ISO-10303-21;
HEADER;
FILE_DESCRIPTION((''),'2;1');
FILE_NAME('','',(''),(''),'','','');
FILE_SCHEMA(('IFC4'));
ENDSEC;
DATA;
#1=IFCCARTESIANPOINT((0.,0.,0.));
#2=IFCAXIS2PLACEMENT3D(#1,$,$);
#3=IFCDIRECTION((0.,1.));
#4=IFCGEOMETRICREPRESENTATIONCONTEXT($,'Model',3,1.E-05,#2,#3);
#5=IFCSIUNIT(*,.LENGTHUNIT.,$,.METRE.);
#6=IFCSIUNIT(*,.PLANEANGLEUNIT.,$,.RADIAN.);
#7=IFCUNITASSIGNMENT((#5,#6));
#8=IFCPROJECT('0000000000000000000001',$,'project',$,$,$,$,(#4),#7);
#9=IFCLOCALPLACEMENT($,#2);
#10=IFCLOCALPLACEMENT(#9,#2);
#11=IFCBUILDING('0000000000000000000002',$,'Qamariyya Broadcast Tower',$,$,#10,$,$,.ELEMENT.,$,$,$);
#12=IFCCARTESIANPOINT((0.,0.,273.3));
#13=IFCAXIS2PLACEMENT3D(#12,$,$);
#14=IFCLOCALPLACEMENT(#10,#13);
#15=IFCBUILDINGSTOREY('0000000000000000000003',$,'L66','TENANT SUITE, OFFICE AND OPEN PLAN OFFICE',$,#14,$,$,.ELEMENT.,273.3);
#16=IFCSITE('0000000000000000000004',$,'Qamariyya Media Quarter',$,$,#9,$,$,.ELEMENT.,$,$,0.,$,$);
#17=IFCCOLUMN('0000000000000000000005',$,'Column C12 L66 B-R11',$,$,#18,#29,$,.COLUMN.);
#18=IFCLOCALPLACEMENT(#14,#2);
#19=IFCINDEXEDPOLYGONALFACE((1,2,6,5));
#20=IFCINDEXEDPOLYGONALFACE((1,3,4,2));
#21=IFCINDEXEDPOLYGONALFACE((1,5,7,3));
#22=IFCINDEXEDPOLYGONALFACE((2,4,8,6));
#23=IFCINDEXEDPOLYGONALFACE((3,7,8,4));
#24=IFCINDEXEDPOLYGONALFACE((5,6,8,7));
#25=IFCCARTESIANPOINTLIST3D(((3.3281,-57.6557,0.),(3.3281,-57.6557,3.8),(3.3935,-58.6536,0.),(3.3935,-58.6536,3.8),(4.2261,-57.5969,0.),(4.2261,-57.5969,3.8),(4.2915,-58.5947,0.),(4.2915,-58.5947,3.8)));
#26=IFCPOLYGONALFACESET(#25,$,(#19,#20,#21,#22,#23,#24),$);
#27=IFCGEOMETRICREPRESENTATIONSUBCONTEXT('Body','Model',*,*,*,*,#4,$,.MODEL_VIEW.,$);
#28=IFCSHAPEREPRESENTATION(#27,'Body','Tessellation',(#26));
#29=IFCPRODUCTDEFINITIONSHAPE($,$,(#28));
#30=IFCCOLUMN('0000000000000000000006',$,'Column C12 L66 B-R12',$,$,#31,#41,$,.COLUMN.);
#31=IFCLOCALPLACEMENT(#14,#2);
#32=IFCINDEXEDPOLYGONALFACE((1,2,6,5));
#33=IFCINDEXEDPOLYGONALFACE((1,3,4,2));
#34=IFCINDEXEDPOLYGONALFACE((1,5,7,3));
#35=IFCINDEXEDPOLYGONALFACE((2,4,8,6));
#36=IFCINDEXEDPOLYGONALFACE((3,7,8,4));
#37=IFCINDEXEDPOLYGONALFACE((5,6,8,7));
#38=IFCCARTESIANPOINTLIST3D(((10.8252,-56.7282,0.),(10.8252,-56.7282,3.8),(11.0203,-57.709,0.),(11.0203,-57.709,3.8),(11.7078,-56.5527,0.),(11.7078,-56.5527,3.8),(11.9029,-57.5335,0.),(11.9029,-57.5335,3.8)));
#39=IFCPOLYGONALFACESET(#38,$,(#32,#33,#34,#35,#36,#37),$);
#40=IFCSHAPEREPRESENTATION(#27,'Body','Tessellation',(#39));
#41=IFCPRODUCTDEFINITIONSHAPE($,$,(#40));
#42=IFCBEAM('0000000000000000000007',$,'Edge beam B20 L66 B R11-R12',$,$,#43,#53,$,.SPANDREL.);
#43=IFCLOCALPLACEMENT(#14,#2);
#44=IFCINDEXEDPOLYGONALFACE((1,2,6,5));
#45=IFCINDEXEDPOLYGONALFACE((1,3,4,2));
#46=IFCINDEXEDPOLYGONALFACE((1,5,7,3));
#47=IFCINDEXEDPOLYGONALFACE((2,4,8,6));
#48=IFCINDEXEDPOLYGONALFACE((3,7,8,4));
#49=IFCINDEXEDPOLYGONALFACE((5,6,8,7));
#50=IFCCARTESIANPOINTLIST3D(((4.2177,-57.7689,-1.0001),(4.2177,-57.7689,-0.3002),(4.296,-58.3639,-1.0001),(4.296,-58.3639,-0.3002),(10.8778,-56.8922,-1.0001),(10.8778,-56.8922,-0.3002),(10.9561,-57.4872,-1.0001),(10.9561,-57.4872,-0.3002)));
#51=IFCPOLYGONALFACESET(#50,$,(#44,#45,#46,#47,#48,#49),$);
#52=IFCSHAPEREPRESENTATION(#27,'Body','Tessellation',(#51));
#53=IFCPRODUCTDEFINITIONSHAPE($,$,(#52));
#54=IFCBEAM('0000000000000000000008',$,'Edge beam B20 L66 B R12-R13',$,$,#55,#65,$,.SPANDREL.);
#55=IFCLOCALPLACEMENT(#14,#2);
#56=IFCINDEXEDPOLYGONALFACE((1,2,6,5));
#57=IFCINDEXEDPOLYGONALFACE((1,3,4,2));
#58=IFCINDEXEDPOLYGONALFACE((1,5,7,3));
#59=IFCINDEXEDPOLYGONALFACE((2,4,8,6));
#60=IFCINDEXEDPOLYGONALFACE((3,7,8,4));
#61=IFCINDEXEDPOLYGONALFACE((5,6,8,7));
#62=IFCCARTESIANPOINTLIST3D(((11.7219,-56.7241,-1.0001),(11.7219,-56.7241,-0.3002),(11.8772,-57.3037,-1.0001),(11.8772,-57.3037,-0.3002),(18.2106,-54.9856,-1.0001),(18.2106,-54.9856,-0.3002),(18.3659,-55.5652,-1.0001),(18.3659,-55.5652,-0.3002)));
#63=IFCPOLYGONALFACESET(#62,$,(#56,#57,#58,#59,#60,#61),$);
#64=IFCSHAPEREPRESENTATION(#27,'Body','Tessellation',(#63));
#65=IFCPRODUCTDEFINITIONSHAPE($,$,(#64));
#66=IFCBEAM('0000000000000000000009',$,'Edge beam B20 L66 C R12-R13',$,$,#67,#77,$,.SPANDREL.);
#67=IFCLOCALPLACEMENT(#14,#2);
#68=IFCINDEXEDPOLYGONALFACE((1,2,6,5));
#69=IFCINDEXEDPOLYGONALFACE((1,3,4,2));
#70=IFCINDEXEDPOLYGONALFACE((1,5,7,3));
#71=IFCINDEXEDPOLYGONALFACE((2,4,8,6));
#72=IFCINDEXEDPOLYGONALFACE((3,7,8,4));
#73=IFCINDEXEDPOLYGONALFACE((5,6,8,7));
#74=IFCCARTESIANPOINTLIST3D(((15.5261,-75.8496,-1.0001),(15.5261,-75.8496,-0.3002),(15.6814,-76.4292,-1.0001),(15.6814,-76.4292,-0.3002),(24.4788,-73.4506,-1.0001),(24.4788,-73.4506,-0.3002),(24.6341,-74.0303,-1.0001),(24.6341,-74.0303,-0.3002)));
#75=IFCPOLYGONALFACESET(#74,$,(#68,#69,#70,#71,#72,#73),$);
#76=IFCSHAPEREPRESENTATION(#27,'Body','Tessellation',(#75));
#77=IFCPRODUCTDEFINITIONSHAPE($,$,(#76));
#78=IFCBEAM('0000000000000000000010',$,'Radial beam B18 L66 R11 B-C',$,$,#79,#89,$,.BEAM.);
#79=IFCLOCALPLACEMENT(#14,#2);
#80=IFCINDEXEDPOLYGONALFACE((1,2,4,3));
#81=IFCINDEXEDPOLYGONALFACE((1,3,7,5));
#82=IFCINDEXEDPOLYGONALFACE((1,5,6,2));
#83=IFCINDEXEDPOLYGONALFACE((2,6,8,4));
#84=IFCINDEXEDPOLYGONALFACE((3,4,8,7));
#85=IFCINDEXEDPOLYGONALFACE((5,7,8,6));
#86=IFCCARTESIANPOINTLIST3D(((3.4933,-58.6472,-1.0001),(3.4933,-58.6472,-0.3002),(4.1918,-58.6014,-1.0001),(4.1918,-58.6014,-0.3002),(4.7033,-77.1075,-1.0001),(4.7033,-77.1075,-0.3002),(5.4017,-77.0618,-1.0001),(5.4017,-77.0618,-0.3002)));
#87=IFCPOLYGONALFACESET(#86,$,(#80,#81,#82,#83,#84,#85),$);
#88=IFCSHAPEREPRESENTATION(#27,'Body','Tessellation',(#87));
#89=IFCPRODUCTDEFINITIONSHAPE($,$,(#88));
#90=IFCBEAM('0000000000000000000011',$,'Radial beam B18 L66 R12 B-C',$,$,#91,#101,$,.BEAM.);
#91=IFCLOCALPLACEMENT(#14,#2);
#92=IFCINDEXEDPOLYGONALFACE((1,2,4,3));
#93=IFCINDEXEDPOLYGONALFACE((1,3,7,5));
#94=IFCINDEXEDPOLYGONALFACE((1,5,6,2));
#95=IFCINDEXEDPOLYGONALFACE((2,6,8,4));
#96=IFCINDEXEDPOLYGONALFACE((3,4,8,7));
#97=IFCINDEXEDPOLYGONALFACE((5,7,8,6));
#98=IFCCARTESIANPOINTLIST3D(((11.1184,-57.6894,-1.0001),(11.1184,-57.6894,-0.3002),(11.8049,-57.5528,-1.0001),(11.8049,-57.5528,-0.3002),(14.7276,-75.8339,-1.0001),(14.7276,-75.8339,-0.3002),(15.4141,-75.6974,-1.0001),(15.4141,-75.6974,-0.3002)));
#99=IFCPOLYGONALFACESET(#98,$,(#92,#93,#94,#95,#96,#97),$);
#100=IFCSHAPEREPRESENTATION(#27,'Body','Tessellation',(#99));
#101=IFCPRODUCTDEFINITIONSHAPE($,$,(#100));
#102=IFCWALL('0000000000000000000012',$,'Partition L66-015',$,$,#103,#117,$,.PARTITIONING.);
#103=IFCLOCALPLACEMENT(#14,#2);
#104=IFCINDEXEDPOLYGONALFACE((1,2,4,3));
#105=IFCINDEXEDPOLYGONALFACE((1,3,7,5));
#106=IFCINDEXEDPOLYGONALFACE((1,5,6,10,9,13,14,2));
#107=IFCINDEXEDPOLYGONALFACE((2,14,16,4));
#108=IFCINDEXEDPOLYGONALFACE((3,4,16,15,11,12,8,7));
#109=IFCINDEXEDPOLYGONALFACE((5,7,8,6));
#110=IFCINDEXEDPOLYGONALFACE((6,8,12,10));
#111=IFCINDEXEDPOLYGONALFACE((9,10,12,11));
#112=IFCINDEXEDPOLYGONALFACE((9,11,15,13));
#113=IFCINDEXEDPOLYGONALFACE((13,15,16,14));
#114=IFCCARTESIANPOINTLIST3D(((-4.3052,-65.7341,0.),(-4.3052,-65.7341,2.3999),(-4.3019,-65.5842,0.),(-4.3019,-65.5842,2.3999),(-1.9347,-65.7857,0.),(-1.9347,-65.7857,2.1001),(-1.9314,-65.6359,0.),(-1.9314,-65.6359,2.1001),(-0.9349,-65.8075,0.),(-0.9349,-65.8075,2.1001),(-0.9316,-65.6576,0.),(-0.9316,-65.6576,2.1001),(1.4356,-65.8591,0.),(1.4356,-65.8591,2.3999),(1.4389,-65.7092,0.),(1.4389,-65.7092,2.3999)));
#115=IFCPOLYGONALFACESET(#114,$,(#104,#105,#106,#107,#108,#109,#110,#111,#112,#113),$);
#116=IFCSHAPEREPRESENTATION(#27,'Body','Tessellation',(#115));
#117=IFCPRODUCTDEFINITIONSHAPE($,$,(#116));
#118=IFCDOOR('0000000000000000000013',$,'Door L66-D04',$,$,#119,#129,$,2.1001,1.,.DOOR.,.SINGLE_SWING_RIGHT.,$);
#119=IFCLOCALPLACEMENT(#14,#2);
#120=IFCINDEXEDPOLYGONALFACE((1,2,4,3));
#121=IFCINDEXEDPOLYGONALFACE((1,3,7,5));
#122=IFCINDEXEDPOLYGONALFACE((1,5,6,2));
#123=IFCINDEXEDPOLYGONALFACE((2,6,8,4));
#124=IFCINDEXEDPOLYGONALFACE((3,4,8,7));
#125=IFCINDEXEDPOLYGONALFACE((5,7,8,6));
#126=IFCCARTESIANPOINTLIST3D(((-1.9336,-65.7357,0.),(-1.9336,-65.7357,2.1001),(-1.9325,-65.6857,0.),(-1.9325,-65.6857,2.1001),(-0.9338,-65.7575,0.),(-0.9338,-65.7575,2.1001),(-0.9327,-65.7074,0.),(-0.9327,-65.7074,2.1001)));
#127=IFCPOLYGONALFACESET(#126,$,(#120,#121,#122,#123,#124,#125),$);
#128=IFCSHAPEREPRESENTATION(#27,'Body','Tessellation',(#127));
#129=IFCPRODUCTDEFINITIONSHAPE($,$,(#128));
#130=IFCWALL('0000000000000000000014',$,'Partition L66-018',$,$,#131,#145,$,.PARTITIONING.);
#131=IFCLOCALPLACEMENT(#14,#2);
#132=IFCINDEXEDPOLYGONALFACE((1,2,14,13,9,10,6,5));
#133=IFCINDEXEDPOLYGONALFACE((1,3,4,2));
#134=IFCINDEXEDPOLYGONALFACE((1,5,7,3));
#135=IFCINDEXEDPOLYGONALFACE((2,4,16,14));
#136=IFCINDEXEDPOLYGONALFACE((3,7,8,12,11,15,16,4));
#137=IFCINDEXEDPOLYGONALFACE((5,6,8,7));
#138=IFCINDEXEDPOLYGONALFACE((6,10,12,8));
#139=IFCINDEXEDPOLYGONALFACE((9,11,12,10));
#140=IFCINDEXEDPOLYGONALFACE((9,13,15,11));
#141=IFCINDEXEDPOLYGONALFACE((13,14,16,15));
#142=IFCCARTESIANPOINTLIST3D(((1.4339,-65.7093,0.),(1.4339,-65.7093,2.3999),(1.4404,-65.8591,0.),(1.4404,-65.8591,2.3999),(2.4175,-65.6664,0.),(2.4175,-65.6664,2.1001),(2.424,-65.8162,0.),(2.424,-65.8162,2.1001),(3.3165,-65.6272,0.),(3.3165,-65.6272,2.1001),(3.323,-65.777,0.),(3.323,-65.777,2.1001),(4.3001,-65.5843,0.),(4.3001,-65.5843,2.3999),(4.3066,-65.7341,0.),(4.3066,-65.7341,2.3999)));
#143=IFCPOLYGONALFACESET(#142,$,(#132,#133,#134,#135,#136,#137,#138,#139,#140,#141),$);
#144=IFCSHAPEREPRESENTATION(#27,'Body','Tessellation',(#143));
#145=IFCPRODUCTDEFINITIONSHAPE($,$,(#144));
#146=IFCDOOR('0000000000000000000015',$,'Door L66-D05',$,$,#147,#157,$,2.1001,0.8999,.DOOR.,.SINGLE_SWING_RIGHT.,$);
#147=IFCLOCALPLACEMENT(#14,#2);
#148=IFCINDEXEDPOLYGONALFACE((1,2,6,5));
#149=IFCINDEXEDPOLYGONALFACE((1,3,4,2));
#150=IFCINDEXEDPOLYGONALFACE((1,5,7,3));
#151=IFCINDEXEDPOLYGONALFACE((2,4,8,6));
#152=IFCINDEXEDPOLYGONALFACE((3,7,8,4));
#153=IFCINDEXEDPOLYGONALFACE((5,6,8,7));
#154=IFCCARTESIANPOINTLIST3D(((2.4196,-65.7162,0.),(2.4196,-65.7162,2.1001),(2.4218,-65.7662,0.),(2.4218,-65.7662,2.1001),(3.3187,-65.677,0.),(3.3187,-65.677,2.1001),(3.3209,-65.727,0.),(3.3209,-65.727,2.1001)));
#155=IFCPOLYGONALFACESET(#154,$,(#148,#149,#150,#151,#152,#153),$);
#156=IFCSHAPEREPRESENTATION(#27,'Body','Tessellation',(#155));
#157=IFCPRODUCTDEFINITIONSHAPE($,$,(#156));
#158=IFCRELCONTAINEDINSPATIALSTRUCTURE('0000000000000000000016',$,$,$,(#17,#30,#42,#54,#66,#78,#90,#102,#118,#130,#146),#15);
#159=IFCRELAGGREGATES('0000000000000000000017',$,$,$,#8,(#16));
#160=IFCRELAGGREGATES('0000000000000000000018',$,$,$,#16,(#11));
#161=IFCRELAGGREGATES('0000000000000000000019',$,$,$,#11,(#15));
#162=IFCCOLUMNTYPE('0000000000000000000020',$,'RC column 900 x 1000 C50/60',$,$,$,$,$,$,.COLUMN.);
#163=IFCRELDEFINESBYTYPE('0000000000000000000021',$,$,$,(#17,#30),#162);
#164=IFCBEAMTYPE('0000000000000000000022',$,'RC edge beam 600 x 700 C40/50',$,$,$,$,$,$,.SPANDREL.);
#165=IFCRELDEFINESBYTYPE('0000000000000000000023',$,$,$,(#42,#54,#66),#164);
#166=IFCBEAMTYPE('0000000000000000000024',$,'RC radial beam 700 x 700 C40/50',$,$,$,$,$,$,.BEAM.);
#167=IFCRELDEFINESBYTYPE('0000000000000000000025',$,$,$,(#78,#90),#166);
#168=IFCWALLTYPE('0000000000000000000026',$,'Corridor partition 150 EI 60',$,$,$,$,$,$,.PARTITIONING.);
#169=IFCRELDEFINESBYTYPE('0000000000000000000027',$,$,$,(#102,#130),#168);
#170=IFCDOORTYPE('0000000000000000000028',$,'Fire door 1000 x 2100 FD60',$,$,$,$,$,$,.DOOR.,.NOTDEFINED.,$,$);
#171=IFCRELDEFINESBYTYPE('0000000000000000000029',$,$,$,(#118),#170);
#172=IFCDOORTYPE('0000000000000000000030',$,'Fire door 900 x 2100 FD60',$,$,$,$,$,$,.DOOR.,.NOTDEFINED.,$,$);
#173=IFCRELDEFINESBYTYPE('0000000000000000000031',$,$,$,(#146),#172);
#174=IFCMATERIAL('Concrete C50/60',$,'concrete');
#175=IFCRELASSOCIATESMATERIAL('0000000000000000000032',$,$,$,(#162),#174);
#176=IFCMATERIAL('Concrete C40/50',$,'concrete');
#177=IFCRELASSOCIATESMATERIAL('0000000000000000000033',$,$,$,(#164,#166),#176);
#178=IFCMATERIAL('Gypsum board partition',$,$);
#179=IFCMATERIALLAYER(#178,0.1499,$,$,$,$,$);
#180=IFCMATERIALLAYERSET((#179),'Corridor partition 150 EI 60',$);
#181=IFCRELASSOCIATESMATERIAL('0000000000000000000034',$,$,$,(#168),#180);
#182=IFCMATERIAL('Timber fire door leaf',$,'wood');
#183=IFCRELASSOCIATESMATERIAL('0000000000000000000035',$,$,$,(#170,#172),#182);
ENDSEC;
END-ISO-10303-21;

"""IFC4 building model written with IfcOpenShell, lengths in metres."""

from ifc_helpers import new_model, si_unit, direction, frame, frame_2d, origin, origin_2d, place, context, subcontext, project, spatial, rectangle, extrude, material, layer, layer_set, material_profile, profile_set, type_object, element, fill, save


model = new_model("IFC4")

# Units and contexts
model_context = context("Model", 3, precision=1e-05, world=origin(), true_north=direction((0.0, 1.0)))
body_context = subcontext(model_context, "Body", "Model", "MODEL_VIEW")
ifc_project = project(units=[si_unit("LENGTHUNIT", "METRE"), si_unit("PLANEANGLEUNIT", "RADIAN")], contexts=[model_context])

# Site, building, storey
site_placement = place(None, origin())
site = spatial("IfcSite", under=ifc_project, at=site_placement, Name="Qamariyya Media Quarter", CompositionType="ELEMENT", RefElevation=0.0)
building_placement = place(site_placement, origin())
building = spatial("IfcBuilding", under=site, at=building_placement, Name="Qamariyya Broadcast Tower", CompositionType="ELEMENT")
storey_placement = place(building_placement, frame((0.0, 0.0, 273.3)))
storey = spatial("IfcBuildingStorey", under=building, at=storey_placement, Name="L66", Description="TENANT SUITE, OFFICE AND OPEN PLAN OFFICE", CompositionType="ELEMENT", Elevation=273.3)

# Columns
ifc_material_1 = material(Name="Concrete C50/60", Category="concrete")
ifc_material_profile_1 = material_profile(ifc_material_1, rectangle(XDim=0.8999, YDim=1.0, at=origin_2d()))
ifc_profile_set_1 = profile_set([ifc_material_profile_1], Name="Concrete C50/60")
column_type = type_object("IfcColumnType", Name="RC column 900 x 1000 C50/60", PredefinedType="COLUMN", material=ifc_profile_set_1)
for number, where, z_axis, x_axis, name in (
    (1, (3.8098, -58.1252, 0.0), (0.0, 0.0, 1.0), (0.997859, 0.065403, 0.0), "Column C12 L66 B-R11"),
    (2, (11.364, -57.1309, 0.0), (0.0, 0.0, 1.0), (0.980785, 0.19509, 0.0), "Column C12 L66 B-R12"),
):
    element("IfcColumn", number, at=place(storey_placement, frame(where, z_axis=z_axis, x_axis=x_axis)), inside=storey, type_object=column_type, Name=name, PredefinedType="COLUMN", context=body_context, shape_type="SweptSolid", body=[
        extrude(rectangle(XDim=0.8999, YDim=1.0, at=origin_2d()), origin(), (0.0, 0.0, 1.0), 3.8),
    ])

# Beams
ifc_material_2 = material(Name="Concrete C40/50", Category="concrete")
ifc_material_profile_2 = material_profile(ifc_material_2, rectangle(XDim=0.6001, YDim=0.7, at=origin_2d()))
ifc_profile_set_2 = profile_set([ifc_material_profile_2], Name="Concrete C40/50")
beam_type_1 = type_object("IfcBeamType", Name="RC edge beam 600 x 700 C40/50", PredefinedType="SPANDREL", material=ifc_profile_set_2)
for number, where, z_axis, x_axis, name in (
    (3, (4.2568, -58.0664, -0.6501), (0.991447, 0.130509, 0.0), (-0.130509, 0.991447, 0.0), "Edge beam B20 L66 B R11-R12"),
    (4, (11.7996, -57.0139, -0.6501), (0.965931, 0.2588, 0.0), (-0.2588, 0.965931, 0.0), "Edge beam B20 L66 B R12-R13"),
):
    element("IfcBeam", number, at=place(storey_placement, frame(where, z_axis=z_axis, x_axis=x_axis)), inside=storey, type_object=beam_type_1, Name=name, PredefinedType="SPANDREL", context=body_context, shape_type="SweptSolid", body=[
        extrude(rectangle(XDim=0.6001, YDim=0.7, at=origin_2d()), origin(), (0.0, 0.0, 1.0), 6.7175),
    ])
beam_placement = place(storey_placement, frame((15.6038, -76.1394, -0.6501), z_axis=(0.965924, 0.258826, 0.0), x_axis=(-0.258826, 0.965924, 0.0)))
element("IfcBeam", 5, at=beam_placement, inside=storey, type_object=beam_type_1, Name="Edge beam B20 L66 C R12-R13", PredefinedType="SPANDREL", context=body_context, shape_type="SweptSolid", body=[
    extrude(rectangle(XDim=0.6001, YDim=0.7, at=origin_2d()), origin(), (0.0, 0.0, 1.0), 9.2686),
])
ifc_material_profile_3 = material_profile(ifc_material_2, rectangle(XDim=0.7, YDim=0.7, at=origin_2d()))
ifc_profile_set_3 = profile_set([ifc_material_profile_3], Name="Concrete C40/50")
beam_type_2 = type_object("IfcBeamType", Name="RC radial beam 700 x 700 C40/50", PredefinedType="BEAM", material=ifc_profile_set_3)
for number, where, z_axis, x_axis, name in (
    (6, (3.8425, -58.6243, -0.6501), (0.065403, -0.997859, 0.0), (0.997859, 0.065403, 0.0), "Radial beam B18 L66 R11 B-C"),
    (7, (11.4617, -57.6211, -0.6501), (0.195088, -0.980786, 0.0), (0.980786, 0.195088, 0.0), "Radial beam B18 L66 R12 B-C"),
):
    element("IfcBeam", number, at=place(storey_placement, frame(where, z_axis=z_axis, x_axis=x_axis)), inside=storey, type_object=beam_type_2, Name=name, PredefinedType="BEAM", context=body_context, shape_type="SweptSolid", body=[
        extrude(rectangle(XDim=0.7, YDim=0.7, at=origin_2d()), origin(), (0.0, 0.0, 1.0), 18.5),
    ])

# Walls, openings, doors
ifc_material_3 = material(Name="Gypsum board partition")
ifc_layer_1 = layer(ifc_material_3, 0.1499)
ifc_layer_set_1 = layer_set([ifc_layer_1], Name="Corridor partition 150 EI 60")
wall_type_1 = type_object("IfcWallType", Name="Corridor partition 150 EI 60", PredefinedType="PARTITIONING", material=ifc_layer_set_1)
wall_1_placement = place(storey_placement, frame((1.4373, -65.7842, 0.0), z_axis=(0.0, 0.0, 1.0), x_axis=(-0.999763, 0.021769, 0.0)))
wall_1 = element("IfcWall", 8, at=wall_1_placement, inside=storey, type_object=wall_type_1, Name="Partition L66-015", PredefinedType="PARTITIONING", context=body_context, shape_type="SweptSolid", body=[
    extrude(rectangle(XDim=5.7422, YDim=0.1499, at=frame_2d((2.8711, 0.0))), origin(), (0.0, 0.0, 1.0), 2.3999),
])
opening_1_placement = place(wall_1_placement, frame((2.3711, 0.0, 0.0)))
opening_1 = element("IfcOpeningElement", 9, at=opening_1_placement, cuts=wall_1, PredefinedType="OPENING", context=body_context, shape_type="SweptSolid", body=[
    extrude(rectangle(XDim=1.0, YDim=2.1001, at=frame_2d((0.5, 1.05))), frame((0.0, 0.085, 0.0), z_axis=(0.0, -1.0, 0.0), x_axis=(1.0, 0.0, 0.0)), (0.0, 0.0, 1.0), 0.1699),
])
ifc_material_4 = material(Name="Timber fire door leaf", Category="wood")
door_type_1 = type_object("IfcDoorType", Name="Fire door 1000 x 2100 FD60", OperationType="NOTDEFINED", PredefinedType="DOOR", material=ifc_material_4)
door_1_placement = place(opening_1_placement, origin())
door_1 = element("IfcDoor", 10, at=door_1_placement, inside=storey, type_object=door_type_1, Name="Door L66-D04", OperationType="SINGLE_SWING_RIGHT", OverallHeight=2.1001, OverallWidth=1.0, PredefinedType="DOOR", context=body_context, shape_type="SweptSolid", body=[
    extrude(rectangle(XDim=1.0, YDim=2.1001, at=frame_2d((0.5, 1.05))), frame((0.0, 0.0249, 0.0), z_axis=(0.0, -1.0, 0.0), x_axis=(1.0, 0.0, 0.0)), (0.0, 0.0, 1.0), 0.05),
])
fill(opening_1, door_1)
wall_2_placement = place(storey_placement, frame((4.3035, -65.6592, 0.0), z_axis=(0.0, 0.0, 1.0), x_axis=(-0.99905, -0.04357, 0.0)))
wall_2 = element("IfcWall", 11, at=wall_2_placement, inside=storey, type_object=wall_type_1, Name="Partition L66-018", PredefinedType="PARTITIONING", context=body_context, shape_type="SweptSolid", body=[
    extrude(rectangle(XDim=2.8689, YDim=0.1499, at=frame_2d((1.4346, 0.0))), origin(), (0.0, 0.0, 1.0), 2.3999),
])
opening_2_placement = place(wall_2_placement, frame((0.9846, 0.0, 0.0)))
opening_2 = element("IfcOpeningElement", 12, at=opening_2_placement, cuts=wall_2, PredefinedType="OPENING", context=body_context, shape_type="SweptSolid", body=[
    extrude(rectangle(XDim=0.8999, YDim=2.1001, at=frame_2d((0.45, 1.05))), frame((0.0, 0.085, 0.0), z_axis=(0.0, -1.0, 0.0), x_axis=(1.0, 0.0, 0.0)), (0.0, 0.0, 1.0), 0.1699),
])
door_type_2 = type_object("IfcDoorType", Name="Fire door 900 x 2100 FD60", OperationType="NOTDEFINED", PredefinedType="DOOR", material=ifc_material_4)
door_2_placement = place(opening_2_placement, origin())
door_2 = element("IfcDoor", 13, at=door_2_placement, inside=storey, type_object=door_type_2, Name="Door L66-D05", OperationType="SINGLE_SWING_RIGHT", OverallHeight=2.1001, OverallWidth=0.8999, PredefinedType="DOOR", context=body_context, shape_type="SweptSolid", body=[
    extrude(rectangle(XDim=0.8999, YDim=2.1001, at=frame_2d((0.45, 1.05))), frame((0.0, 0.0249, 0.0), z_axis=(0.0, -1.0, 0.0), x_axis=(1.0, 0.0, 0.0)), (0.0, 0.0, 1.0), 0.05),
])
fill(opening_2, door_2)

save(model, "model.ifc")
